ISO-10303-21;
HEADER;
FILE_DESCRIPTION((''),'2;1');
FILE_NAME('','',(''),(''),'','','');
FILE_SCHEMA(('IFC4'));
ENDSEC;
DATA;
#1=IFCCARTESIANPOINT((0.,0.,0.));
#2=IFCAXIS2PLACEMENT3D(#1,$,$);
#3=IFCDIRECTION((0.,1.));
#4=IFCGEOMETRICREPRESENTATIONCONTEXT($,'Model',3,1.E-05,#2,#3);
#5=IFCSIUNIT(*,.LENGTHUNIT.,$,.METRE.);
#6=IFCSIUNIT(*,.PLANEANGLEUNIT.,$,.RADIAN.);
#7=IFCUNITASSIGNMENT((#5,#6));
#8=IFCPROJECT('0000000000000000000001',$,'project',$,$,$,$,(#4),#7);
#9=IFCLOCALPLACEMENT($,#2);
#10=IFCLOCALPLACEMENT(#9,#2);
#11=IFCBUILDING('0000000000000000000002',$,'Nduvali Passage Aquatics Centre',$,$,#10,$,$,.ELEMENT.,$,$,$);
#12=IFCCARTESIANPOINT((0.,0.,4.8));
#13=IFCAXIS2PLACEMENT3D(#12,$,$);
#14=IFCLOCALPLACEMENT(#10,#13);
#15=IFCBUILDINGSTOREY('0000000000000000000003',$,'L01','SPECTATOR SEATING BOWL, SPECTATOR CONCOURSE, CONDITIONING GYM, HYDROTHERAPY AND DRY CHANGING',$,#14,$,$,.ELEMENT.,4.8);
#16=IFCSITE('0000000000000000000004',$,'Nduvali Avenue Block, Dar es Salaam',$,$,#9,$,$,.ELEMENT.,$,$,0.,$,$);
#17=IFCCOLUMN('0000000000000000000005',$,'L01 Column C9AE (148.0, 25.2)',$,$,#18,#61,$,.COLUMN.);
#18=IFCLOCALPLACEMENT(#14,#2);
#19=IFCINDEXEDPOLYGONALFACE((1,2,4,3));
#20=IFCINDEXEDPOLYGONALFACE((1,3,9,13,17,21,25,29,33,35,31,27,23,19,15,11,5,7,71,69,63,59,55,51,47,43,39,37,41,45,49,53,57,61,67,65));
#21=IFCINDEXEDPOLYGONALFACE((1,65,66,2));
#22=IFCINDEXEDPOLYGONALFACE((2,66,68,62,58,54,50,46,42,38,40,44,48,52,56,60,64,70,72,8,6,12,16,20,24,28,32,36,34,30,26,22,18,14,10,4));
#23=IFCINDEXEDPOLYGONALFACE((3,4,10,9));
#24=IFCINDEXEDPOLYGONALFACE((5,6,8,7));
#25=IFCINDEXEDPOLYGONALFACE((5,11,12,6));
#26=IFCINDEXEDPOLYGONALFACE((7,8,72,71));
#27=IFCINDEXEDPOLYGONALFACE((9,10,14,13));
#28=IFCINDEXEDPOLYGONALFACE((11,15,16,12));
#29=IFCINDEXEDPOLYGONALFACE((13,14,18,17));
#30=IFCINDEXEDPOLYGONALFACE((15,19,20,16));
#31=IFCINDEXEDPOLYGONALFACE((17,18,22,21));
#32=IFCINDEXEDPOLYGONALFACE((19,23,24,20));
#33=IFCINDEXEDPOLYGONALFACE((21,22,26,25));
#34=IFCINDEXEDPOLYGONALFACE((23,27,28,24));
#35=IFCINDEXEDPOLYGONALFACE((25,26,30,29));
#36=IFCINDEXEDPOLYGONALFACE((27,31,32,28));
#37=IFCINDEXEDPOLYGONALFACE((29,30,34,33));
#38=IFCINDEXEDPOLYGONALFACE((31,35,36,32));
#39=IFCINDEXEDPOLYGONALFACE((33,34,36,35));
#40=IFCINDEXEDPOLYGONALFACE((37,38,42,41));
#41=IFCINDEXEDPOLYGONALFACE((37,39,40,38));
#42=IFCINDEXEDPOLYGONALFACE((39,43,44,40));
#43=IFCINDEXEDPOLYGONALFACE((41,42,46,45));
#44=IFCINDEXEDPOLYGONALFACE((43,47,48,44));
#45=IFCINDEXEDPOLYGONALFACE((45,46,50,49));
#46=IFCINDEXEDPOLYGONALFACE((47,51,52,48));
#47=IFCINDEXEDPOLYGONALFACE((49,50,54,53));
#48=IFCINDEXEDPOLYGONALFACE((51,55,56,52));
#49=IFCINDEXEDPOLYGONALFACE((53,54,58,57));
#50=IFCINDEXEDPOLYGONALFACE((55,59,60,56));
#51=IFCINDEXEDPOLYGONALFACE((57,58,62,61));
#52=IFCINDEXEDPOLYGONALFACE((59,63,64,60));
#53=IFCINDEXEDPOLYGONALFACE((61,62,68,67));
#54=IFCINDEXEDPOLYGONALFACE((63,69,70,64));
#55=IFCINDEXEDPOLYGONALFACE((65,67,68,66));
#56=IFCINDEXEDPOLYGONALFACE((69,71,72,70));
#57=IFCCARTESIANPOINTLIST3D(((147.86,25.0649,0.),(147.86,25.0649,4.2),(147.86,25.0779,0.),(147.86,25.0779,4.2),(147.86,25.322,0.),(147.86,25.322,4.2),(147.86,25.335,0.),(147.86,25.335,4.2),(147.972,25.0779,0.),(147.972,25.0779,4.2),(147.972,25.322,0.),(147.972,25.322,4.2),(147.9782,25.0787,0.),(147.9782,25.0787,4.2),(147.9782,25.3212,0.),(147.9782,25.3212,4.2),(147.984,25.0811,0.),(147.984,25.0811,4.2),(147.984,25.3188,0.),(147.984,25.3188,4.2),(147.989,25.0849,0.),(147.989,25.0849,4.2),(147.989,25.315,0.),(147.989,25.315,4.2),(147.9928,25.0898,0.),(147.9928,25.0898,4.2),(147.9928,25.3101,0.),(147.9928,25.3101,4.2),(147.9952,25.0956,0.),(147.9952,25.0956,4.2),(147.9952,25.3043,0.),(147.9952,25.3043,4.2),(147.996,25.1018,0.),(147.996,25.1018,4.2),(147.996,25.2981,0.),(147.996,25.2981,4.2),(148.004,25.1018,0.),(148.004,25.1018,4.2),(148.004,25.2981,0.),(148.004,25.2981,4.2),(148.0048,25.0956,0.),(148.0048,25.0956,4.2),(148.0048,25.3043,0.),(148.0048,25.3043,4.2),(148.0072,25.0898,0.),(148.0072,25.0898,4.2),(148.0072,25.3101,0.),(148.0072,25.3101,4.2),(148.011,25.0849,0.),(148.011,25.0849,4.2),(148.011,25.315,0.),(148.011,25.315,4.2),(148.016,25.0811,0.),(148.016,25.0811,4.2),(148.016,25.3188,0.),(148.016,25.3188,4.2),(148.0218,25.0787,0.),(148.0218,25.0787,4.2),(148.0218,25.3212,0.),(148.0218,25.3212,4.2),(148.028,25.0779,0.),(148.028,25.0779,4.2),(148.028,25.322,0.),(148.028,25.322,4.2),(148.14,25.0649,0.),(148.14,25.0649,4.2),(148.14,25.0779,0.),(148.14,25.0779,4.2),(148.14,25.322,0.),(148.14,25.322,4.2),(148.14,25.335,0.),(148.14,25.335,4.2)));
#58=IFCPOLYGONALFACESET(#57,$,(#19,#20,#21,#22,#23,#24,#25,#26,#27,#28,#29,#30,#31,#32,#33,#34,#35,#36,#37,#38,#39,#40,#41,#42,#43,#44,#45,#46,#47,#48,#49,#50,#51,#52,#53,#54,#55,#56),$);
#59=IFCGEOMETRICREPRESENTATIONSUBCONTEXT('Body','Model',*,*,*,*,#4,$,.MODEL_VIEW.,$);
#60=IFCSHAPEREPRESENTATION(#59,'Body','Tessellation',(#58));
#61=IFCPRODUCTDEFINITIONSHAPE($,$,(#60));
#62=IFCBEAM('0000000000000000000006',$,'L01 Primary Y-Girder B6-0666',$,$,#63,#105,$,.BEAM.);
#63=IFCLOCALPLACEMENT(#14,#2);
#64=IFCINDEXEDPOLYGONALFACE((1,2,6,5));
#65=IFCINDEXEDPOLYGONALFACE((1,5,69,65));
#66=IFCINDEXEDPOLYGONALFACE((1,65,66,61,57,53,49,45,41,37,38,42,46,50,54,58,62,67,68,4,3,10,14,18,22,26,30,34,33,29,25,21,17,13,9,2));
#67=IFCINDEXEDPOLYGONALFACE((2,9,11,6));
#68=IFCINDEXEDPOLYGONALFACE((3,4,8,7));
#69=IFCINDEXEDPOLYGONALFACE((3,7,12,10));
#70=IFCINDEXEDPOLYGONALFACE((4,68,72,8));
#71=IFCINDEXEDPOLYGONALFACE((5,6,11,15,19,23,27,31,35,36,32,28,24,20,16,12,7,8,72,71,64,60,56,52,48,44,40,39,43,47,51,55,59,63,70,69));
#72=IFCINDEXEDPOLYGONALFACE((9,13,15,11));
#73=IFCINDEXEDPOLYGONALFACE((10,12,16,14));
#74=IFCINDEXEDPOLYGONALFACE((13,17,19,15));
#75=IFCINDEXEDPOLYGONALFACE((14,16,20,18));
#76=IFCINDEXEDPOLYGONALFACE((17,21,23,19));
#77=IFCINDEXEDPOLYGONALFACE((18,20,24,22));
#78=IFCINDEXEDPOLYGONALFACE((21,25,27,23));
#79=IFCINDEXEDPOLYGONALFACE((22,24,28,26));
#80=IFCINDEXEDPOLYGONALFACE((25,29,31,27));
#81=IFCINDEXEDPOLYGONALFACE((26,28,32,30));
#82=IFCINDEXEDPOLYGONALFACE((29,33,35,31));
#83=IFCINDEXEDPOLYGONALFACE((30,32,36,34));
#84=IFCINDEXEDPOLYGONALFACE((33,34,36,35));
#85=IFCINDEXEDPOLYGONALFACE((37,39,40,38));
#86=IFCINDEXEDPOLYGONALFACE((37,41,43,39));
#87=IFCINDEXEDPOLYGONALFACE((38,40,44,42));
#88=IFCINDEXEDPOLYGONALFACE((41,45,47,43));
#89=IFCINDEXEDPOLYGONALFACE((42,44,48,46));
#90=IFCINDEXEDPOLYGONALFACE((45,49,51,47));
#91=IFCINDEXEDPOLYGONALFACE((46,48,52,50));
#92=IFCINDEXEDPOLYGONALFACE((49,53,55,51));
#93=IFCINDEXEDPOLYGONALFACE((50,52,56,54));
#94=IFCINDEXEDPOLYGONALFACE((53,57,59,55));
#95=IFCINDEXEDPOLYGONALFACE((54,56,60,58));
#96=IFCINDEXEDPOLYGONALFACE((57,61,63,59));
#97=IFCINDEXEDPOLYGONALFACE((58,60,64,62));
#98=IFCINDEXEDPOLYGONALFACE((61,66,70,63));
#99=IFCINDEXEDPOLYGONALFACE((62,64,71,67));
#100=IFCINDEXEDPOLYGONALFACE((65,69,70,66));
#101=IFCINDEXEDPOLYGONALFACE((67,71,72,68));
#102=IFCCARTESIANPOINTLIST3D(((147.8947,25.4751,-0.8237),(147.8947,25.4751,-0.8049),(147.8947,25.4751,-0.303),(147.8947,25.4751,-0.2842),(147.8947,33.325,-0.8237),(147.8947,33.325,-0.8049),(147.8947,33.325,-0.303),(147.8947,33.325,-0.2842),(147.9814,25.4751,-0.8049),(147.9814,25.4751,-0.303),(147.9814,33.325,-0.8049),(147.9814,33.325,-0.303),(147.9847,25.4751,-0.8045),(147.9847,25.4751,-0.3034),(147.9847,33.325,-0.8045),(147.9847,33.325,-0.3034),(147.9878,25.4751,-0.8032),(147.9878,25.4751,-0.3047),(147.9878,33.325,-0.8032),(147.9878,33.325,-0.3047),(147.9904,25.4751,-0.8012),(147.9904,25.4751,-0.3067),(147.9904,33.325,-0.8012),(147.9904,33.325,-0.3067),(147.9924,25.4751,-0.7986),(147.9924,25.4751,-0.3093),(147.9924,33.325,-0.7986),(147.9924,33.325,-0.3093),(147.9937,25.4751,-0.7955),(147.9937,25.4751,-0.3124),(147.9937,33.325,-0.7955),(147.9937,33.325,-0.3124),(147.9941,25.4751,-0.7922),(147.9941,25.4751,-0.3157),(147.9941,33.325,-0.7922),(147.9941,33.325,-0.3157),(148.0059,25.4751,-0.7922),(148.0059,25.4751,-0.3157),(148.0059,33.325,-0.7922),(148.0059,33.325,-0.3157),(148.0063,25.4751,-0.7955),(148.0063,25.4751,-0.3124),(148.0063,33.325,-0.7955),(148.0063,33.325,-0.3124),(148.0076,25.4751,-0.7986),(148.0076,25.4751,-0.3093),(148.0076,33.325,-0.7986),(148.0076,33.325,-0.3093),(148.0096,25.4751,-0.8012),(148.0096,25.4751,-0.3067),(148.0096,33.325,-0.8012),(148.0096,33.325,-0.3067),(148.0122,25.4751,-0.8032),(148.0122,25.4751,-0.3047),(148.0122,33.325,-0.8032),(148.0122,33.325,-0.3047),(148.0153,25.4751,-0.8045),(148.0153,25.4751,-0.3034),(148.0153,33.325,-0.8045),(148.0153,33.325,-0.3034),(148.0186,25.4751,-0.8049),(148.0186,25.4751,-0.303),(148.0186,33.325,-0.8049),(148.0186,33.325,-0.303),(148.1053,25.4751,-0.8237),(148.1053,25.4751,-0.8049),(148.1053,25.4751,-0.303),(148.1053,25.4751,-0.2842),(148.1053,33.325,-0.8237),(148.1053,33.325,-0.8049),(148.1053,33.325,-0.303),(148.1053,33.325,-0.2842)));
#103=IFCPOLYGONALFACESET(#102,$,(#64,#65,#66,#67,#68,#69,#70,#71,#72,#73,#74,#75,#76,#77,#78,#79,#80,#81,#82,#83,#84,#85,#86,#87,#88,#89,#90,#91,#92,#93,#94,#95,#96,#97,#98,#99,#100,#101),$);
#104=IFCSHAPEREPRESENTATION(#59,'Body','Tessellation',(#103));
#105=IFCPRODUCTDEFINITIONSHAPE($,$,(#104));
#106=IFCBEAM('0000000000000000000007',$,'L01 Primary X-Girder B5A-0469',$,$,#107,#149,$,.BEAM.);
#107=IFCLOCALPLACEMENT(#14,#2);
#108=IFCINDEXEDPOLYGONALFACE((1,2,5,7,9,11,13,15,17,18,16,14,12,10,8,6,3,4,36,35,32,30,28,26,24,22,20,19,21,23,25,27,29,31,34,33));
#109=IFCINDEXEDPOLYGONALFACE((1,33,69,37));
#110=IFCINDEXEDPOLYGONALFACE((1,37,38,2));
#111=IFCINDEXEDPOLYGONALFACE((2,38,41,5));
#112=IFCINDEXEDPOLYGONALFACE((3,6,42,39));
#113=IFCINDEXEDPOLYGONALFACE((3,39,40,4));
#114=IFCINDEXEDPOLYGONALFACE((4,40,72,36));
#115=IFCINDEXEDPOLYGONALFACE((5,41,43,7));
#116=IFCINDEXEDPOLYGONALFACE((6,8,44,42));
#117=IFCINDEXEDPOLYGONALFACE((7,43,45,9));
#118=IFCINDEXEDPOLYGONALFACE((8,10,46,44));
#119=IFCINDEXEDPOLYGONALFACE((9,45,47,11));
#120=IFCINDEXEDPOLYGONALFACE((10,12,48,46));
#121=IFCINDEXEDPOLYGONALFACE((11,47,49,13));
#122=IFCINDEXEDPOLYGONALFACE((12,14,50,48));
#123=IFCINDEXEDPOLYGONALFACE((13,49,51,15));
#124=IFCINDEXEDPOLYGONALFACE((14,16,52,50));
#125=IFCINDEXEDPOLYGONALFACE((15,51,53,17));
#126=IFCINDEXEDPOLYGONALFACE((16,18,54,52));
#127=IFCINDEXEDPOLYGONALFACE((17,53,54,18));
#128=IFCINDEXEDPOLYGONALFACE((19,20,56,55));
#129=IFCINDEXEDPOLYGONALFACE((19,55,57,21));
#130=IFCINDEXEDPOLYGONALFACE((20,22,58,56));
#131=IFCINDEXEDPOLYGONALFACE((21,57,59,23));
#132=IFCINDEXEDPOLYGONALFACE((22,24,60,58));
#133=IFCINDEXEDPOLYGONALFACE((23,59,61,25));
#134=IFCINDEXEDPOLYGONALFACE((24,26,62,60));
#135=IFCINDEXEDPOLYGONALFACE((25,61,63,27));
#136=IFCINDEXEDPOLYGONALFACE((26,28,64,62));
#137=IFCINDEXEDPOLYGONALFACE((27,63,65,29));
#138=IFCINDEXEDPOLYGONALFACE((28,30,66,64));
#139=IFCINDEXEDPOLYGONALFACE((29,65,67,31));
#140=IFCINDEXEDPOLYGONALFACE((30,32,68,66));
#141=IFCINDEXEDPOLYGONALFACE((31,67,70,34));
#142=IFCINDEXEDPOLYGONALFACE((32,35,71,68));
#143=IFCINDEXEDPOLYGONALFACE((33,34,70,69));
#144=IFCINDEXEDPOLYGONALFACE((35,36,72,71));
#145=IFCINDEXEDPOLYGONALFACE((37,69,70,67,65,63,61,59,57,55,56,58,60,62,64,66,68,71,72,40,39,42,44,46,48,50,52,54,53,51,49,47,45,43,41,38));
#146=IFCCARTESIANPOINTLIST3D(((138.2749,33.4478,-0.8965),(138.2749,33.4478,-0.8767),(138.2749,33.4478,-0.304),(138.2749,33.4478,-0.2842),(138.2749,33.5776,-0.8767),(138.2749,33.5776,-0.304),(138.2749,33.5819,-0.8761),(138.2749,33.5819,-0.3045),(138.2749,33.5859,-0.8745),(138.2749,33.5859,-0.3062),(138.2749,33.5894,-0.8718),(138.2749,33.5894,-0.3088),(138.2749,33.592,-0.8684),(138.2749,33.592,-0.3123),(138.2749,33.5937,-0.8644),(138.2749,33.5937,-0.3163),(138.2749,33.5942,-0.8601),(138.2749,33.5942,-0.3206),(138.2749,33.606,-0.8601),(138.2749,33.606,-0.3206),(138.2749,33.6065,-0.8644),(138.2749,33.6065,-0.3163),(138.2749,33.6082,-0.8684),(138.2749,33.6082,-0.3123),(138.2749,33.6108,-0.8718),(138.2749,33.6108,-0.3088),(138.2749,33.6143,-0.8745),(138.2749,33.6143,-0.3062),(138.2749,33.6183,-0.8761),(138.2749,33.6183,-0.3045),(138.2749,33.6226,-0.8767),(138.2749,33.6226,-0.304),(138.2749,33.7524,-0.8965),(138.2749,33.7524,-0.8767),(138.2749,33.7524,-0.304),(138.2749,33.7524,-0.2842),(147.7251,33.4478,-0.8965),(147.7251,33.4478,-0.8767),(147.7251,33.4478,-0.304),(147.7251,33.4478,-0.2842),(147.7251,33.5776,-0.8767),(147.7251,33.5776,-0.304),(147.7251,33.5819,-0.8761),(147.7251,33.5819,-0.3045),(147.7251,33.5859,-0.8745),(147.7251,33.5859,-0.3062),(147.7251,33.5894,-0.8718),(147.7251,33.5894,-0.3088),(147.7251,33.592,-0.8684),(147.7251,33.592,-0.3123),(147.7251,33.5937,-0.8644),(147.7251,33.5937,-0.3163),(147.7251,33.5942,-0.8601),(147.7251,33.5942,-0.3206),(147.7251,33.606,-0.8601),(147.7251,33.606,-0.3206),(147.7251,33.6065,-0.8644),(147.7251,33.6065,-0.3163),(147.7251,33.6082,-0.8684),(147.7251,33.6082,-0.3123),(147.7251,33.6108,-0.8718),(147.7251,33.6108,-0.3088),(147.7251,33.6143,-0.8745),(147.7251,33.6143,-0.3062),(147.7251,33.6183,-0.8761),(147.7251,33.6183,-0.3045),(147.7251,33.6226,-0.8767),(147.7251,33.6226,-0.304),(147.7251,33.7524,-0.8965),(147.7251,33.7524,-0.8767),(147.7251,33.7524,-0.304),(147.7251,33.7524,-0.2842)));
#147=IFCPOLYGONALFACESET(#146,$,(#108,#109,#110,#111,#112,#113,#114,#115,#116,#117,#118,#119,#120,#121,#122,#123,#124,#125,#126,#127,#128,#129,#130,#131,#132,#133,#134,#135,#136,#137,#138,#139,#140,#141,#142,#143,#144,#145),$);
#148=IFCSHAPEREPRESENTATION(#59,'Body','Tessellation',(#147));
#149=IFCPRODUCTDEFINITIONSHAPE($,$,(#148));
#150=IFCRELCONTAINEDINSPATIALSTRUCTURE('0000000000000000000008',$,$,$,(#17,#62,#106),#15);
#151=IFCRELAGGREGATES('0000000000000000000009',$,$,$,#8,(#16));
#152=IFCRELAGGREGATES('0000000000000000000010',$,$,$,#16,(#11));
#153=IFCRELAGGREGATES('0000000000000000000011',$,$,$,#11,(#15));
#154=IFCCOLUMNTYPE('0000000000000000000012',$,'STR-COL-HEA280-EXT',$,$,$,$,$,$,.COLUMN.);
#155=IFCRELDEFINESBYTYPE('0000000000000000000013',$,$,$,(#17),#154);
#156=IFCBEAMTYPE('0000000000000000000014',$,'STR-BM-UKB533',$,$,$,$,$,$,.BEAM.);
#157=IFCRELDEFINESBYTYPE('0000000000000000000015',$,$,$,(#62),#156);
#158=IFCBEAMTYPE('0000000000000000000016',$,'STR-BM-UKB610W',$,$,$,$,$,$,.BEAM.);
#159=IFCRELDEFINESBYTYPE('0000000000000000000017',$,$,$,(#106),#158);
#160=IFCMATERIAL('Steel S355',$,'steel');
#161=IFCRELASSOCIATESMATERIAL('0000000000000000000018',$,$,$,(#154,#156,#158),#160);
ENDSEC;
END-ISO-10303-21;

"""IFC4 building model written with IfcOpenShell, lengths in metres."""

from ifc_helpers import new_model, si_unit, direction, frame, origin, origin_2d, place, context, subcontext, project, spatial, i_section, extrude, material, material_profile, profile_set, type_object, element, save


model = new_model("IFC4")

# Units and contexts
model_context = context("Model", 3, precision=1e-05, world=origin(), true_north=direction((0.0, 1.0)))
body_context = subcontext(model_context, "Body", "Model", "MODEL_VIEW")
ifc_project = project(units=[si_unit("LENGTHUNIT", "METRE"), si_unit("PLANEANGLEUNIT", "RADIAN")], contexts=[model_context])

# Site, building, storey
site_placement = place(None, origin())
site = spatial("IfcSite", under=ifc_project, at=site_placement, Name="Nduvali Avenue Block, Dar es Salaam", CompositionType="ELEMENT", RefElevation=0.0)
building_placement = place(site_placement, origin())
building = spatial("IfcBuilding", under=site, at=building_placement, Name="Nduvali Passage Aquatics Centre", CompositionType="ELEMENT")
storey_placement = place(building_placement, frame((0.0, 0.0, 4.8)))
storey = spatial("IfcBuildingStorey", under=building, at=storey_placement, Name="L01", Description="SPECTATOR SEATING BOWL, SPECTATOR CONCOURSE, CONDITIONING GYM, HYDROTHERAPY AND DRY CHANGING", CompositionType="ELEMENT", Elevation=4.8)

# Column
ifc_material_1 = material(Name="Steel S355", Category="steel")
ifc_material_profile_1 = material_profile(ifc_material_1, i_section(OverallWidth=0.28, OverallDepth=0.27, WebThickness=0.0081, FlangeThickness=0.0129, FilletRadius=0.0239, at=origin_2d()), Name="HEA 280")
ifc_profile_set_1 = profile_set([ifc_material_profile_1], Name="Steel S355")
column_type = type_object("IfcColumnType", Name="STR-COL-HEA280-EXT", PredefinedType="COLUMN", material=ifc_profile_set_1)
column_placement = place(storey_placement, frame((148.0, 25.2, 0.0), z_axis=(0.0, 0.0, 1.0), x_axis=(1.0, 0.0, 0.0)))
element("IfcColumn", 1, at=column_placement, inside=storey, type_object=column_type, Name="L01 Column C9AE (148.0, 25.2)", PredefinedType="COLUMN", context=body_context, shape_type="SweptSolid", body=[
    extrude(i_section(OverallWidth=0.28, OverallDepth=0.27, WebThickness=0.0081, FlangeThickness=0.0129, FilletRadius=0.0239, at=origin_2d()), origin(), (0.0, 0.0, 1.0), 4.2),
])

# Beams
ifc_material_profile_2 = material_profile(ifc_material_1, i_section(OverallWidth=0.2107, OverallDepth=0.5396, WebThickness=0.0117, FlangeThickness=0.0188, FilletRadius=0.0127, at=origin_2d()), Name="UKB 533x210x109")
ifc_profile_set_2 = profile_set([ifc_material_profile_2], Name="Steel S355")
beam_type_1 = type_object("IfcBeamType", Name="STR-BM-UKB533", PredefinedType="BEAM", material=ifc_profile_set_2)
beam_1_placement = place(storey_placement, frame((148.0, 25.4751, -0.554), z_axis=(0.0, 1.0, 0.0), x_axis=(-1.0, 0.0, 0.0)))
element("IfcBeam", 2, at=beam_1_placement, inside=storey, type_object=beam_type_1, Name="L01 Primary Y-Girder B6-0666", PredefinedType="BEAM", context=body_context, shape_type="SweptSolid", body=[
    extrude(i_section(OverallWidth=0.2107, OverallDepth=0.5396, WebThickness=0.0117, FlangeThickness=0.0188, FilletRadius=0.0127, at=origin_2d()), origin(), (0.0, 0.0, 1.0), 7.8499),
])
ifc_material_profile_3 = material_profile(ifc_material_1, i_section(OverallWidth=0.3047, OverallDepth=0.6123, WebThickness=0.0117, FlangeThickness=0.0198, FilletRadius=0.0166, at=origin_2d()), Name="UKB 610x305x149")
ifc_profile_set_3 = profile_set([ifc_material_profile_3], Name="Steel S355")
beam_type_2 = type_object("IfcBeamType", Name="STR-BM-UKB610W", PredefinedType="BEAM", material=ifc_profile_set_3)
beam_2_placement = place(storey_placement, frame((138.2749, 33.6001, -0.5903), z_axis=(1.0, 0.0, 0.0), x_axis=(0.0, 1.0, 0.0)))
element("IfcBeam", 3, at=beam_2_placement, inside=storey, type_object=beam_type_2, Name="L01 Primary X-Girder B5A-0469", PredefinedType="BEAM", context=body_context, shape_type="SweptSolid", body=[
    extrude(i_section(OverallWidth=0.3047, OverallDepth=0.6123, WebThickness=0.0117, FlangeThickness=0.0198, FilletRadius=0.0166, at=origin_2d()), origin(), (0.0, 0.0, 1.0), 9.4502),
])

save(model, "model.ifc")
